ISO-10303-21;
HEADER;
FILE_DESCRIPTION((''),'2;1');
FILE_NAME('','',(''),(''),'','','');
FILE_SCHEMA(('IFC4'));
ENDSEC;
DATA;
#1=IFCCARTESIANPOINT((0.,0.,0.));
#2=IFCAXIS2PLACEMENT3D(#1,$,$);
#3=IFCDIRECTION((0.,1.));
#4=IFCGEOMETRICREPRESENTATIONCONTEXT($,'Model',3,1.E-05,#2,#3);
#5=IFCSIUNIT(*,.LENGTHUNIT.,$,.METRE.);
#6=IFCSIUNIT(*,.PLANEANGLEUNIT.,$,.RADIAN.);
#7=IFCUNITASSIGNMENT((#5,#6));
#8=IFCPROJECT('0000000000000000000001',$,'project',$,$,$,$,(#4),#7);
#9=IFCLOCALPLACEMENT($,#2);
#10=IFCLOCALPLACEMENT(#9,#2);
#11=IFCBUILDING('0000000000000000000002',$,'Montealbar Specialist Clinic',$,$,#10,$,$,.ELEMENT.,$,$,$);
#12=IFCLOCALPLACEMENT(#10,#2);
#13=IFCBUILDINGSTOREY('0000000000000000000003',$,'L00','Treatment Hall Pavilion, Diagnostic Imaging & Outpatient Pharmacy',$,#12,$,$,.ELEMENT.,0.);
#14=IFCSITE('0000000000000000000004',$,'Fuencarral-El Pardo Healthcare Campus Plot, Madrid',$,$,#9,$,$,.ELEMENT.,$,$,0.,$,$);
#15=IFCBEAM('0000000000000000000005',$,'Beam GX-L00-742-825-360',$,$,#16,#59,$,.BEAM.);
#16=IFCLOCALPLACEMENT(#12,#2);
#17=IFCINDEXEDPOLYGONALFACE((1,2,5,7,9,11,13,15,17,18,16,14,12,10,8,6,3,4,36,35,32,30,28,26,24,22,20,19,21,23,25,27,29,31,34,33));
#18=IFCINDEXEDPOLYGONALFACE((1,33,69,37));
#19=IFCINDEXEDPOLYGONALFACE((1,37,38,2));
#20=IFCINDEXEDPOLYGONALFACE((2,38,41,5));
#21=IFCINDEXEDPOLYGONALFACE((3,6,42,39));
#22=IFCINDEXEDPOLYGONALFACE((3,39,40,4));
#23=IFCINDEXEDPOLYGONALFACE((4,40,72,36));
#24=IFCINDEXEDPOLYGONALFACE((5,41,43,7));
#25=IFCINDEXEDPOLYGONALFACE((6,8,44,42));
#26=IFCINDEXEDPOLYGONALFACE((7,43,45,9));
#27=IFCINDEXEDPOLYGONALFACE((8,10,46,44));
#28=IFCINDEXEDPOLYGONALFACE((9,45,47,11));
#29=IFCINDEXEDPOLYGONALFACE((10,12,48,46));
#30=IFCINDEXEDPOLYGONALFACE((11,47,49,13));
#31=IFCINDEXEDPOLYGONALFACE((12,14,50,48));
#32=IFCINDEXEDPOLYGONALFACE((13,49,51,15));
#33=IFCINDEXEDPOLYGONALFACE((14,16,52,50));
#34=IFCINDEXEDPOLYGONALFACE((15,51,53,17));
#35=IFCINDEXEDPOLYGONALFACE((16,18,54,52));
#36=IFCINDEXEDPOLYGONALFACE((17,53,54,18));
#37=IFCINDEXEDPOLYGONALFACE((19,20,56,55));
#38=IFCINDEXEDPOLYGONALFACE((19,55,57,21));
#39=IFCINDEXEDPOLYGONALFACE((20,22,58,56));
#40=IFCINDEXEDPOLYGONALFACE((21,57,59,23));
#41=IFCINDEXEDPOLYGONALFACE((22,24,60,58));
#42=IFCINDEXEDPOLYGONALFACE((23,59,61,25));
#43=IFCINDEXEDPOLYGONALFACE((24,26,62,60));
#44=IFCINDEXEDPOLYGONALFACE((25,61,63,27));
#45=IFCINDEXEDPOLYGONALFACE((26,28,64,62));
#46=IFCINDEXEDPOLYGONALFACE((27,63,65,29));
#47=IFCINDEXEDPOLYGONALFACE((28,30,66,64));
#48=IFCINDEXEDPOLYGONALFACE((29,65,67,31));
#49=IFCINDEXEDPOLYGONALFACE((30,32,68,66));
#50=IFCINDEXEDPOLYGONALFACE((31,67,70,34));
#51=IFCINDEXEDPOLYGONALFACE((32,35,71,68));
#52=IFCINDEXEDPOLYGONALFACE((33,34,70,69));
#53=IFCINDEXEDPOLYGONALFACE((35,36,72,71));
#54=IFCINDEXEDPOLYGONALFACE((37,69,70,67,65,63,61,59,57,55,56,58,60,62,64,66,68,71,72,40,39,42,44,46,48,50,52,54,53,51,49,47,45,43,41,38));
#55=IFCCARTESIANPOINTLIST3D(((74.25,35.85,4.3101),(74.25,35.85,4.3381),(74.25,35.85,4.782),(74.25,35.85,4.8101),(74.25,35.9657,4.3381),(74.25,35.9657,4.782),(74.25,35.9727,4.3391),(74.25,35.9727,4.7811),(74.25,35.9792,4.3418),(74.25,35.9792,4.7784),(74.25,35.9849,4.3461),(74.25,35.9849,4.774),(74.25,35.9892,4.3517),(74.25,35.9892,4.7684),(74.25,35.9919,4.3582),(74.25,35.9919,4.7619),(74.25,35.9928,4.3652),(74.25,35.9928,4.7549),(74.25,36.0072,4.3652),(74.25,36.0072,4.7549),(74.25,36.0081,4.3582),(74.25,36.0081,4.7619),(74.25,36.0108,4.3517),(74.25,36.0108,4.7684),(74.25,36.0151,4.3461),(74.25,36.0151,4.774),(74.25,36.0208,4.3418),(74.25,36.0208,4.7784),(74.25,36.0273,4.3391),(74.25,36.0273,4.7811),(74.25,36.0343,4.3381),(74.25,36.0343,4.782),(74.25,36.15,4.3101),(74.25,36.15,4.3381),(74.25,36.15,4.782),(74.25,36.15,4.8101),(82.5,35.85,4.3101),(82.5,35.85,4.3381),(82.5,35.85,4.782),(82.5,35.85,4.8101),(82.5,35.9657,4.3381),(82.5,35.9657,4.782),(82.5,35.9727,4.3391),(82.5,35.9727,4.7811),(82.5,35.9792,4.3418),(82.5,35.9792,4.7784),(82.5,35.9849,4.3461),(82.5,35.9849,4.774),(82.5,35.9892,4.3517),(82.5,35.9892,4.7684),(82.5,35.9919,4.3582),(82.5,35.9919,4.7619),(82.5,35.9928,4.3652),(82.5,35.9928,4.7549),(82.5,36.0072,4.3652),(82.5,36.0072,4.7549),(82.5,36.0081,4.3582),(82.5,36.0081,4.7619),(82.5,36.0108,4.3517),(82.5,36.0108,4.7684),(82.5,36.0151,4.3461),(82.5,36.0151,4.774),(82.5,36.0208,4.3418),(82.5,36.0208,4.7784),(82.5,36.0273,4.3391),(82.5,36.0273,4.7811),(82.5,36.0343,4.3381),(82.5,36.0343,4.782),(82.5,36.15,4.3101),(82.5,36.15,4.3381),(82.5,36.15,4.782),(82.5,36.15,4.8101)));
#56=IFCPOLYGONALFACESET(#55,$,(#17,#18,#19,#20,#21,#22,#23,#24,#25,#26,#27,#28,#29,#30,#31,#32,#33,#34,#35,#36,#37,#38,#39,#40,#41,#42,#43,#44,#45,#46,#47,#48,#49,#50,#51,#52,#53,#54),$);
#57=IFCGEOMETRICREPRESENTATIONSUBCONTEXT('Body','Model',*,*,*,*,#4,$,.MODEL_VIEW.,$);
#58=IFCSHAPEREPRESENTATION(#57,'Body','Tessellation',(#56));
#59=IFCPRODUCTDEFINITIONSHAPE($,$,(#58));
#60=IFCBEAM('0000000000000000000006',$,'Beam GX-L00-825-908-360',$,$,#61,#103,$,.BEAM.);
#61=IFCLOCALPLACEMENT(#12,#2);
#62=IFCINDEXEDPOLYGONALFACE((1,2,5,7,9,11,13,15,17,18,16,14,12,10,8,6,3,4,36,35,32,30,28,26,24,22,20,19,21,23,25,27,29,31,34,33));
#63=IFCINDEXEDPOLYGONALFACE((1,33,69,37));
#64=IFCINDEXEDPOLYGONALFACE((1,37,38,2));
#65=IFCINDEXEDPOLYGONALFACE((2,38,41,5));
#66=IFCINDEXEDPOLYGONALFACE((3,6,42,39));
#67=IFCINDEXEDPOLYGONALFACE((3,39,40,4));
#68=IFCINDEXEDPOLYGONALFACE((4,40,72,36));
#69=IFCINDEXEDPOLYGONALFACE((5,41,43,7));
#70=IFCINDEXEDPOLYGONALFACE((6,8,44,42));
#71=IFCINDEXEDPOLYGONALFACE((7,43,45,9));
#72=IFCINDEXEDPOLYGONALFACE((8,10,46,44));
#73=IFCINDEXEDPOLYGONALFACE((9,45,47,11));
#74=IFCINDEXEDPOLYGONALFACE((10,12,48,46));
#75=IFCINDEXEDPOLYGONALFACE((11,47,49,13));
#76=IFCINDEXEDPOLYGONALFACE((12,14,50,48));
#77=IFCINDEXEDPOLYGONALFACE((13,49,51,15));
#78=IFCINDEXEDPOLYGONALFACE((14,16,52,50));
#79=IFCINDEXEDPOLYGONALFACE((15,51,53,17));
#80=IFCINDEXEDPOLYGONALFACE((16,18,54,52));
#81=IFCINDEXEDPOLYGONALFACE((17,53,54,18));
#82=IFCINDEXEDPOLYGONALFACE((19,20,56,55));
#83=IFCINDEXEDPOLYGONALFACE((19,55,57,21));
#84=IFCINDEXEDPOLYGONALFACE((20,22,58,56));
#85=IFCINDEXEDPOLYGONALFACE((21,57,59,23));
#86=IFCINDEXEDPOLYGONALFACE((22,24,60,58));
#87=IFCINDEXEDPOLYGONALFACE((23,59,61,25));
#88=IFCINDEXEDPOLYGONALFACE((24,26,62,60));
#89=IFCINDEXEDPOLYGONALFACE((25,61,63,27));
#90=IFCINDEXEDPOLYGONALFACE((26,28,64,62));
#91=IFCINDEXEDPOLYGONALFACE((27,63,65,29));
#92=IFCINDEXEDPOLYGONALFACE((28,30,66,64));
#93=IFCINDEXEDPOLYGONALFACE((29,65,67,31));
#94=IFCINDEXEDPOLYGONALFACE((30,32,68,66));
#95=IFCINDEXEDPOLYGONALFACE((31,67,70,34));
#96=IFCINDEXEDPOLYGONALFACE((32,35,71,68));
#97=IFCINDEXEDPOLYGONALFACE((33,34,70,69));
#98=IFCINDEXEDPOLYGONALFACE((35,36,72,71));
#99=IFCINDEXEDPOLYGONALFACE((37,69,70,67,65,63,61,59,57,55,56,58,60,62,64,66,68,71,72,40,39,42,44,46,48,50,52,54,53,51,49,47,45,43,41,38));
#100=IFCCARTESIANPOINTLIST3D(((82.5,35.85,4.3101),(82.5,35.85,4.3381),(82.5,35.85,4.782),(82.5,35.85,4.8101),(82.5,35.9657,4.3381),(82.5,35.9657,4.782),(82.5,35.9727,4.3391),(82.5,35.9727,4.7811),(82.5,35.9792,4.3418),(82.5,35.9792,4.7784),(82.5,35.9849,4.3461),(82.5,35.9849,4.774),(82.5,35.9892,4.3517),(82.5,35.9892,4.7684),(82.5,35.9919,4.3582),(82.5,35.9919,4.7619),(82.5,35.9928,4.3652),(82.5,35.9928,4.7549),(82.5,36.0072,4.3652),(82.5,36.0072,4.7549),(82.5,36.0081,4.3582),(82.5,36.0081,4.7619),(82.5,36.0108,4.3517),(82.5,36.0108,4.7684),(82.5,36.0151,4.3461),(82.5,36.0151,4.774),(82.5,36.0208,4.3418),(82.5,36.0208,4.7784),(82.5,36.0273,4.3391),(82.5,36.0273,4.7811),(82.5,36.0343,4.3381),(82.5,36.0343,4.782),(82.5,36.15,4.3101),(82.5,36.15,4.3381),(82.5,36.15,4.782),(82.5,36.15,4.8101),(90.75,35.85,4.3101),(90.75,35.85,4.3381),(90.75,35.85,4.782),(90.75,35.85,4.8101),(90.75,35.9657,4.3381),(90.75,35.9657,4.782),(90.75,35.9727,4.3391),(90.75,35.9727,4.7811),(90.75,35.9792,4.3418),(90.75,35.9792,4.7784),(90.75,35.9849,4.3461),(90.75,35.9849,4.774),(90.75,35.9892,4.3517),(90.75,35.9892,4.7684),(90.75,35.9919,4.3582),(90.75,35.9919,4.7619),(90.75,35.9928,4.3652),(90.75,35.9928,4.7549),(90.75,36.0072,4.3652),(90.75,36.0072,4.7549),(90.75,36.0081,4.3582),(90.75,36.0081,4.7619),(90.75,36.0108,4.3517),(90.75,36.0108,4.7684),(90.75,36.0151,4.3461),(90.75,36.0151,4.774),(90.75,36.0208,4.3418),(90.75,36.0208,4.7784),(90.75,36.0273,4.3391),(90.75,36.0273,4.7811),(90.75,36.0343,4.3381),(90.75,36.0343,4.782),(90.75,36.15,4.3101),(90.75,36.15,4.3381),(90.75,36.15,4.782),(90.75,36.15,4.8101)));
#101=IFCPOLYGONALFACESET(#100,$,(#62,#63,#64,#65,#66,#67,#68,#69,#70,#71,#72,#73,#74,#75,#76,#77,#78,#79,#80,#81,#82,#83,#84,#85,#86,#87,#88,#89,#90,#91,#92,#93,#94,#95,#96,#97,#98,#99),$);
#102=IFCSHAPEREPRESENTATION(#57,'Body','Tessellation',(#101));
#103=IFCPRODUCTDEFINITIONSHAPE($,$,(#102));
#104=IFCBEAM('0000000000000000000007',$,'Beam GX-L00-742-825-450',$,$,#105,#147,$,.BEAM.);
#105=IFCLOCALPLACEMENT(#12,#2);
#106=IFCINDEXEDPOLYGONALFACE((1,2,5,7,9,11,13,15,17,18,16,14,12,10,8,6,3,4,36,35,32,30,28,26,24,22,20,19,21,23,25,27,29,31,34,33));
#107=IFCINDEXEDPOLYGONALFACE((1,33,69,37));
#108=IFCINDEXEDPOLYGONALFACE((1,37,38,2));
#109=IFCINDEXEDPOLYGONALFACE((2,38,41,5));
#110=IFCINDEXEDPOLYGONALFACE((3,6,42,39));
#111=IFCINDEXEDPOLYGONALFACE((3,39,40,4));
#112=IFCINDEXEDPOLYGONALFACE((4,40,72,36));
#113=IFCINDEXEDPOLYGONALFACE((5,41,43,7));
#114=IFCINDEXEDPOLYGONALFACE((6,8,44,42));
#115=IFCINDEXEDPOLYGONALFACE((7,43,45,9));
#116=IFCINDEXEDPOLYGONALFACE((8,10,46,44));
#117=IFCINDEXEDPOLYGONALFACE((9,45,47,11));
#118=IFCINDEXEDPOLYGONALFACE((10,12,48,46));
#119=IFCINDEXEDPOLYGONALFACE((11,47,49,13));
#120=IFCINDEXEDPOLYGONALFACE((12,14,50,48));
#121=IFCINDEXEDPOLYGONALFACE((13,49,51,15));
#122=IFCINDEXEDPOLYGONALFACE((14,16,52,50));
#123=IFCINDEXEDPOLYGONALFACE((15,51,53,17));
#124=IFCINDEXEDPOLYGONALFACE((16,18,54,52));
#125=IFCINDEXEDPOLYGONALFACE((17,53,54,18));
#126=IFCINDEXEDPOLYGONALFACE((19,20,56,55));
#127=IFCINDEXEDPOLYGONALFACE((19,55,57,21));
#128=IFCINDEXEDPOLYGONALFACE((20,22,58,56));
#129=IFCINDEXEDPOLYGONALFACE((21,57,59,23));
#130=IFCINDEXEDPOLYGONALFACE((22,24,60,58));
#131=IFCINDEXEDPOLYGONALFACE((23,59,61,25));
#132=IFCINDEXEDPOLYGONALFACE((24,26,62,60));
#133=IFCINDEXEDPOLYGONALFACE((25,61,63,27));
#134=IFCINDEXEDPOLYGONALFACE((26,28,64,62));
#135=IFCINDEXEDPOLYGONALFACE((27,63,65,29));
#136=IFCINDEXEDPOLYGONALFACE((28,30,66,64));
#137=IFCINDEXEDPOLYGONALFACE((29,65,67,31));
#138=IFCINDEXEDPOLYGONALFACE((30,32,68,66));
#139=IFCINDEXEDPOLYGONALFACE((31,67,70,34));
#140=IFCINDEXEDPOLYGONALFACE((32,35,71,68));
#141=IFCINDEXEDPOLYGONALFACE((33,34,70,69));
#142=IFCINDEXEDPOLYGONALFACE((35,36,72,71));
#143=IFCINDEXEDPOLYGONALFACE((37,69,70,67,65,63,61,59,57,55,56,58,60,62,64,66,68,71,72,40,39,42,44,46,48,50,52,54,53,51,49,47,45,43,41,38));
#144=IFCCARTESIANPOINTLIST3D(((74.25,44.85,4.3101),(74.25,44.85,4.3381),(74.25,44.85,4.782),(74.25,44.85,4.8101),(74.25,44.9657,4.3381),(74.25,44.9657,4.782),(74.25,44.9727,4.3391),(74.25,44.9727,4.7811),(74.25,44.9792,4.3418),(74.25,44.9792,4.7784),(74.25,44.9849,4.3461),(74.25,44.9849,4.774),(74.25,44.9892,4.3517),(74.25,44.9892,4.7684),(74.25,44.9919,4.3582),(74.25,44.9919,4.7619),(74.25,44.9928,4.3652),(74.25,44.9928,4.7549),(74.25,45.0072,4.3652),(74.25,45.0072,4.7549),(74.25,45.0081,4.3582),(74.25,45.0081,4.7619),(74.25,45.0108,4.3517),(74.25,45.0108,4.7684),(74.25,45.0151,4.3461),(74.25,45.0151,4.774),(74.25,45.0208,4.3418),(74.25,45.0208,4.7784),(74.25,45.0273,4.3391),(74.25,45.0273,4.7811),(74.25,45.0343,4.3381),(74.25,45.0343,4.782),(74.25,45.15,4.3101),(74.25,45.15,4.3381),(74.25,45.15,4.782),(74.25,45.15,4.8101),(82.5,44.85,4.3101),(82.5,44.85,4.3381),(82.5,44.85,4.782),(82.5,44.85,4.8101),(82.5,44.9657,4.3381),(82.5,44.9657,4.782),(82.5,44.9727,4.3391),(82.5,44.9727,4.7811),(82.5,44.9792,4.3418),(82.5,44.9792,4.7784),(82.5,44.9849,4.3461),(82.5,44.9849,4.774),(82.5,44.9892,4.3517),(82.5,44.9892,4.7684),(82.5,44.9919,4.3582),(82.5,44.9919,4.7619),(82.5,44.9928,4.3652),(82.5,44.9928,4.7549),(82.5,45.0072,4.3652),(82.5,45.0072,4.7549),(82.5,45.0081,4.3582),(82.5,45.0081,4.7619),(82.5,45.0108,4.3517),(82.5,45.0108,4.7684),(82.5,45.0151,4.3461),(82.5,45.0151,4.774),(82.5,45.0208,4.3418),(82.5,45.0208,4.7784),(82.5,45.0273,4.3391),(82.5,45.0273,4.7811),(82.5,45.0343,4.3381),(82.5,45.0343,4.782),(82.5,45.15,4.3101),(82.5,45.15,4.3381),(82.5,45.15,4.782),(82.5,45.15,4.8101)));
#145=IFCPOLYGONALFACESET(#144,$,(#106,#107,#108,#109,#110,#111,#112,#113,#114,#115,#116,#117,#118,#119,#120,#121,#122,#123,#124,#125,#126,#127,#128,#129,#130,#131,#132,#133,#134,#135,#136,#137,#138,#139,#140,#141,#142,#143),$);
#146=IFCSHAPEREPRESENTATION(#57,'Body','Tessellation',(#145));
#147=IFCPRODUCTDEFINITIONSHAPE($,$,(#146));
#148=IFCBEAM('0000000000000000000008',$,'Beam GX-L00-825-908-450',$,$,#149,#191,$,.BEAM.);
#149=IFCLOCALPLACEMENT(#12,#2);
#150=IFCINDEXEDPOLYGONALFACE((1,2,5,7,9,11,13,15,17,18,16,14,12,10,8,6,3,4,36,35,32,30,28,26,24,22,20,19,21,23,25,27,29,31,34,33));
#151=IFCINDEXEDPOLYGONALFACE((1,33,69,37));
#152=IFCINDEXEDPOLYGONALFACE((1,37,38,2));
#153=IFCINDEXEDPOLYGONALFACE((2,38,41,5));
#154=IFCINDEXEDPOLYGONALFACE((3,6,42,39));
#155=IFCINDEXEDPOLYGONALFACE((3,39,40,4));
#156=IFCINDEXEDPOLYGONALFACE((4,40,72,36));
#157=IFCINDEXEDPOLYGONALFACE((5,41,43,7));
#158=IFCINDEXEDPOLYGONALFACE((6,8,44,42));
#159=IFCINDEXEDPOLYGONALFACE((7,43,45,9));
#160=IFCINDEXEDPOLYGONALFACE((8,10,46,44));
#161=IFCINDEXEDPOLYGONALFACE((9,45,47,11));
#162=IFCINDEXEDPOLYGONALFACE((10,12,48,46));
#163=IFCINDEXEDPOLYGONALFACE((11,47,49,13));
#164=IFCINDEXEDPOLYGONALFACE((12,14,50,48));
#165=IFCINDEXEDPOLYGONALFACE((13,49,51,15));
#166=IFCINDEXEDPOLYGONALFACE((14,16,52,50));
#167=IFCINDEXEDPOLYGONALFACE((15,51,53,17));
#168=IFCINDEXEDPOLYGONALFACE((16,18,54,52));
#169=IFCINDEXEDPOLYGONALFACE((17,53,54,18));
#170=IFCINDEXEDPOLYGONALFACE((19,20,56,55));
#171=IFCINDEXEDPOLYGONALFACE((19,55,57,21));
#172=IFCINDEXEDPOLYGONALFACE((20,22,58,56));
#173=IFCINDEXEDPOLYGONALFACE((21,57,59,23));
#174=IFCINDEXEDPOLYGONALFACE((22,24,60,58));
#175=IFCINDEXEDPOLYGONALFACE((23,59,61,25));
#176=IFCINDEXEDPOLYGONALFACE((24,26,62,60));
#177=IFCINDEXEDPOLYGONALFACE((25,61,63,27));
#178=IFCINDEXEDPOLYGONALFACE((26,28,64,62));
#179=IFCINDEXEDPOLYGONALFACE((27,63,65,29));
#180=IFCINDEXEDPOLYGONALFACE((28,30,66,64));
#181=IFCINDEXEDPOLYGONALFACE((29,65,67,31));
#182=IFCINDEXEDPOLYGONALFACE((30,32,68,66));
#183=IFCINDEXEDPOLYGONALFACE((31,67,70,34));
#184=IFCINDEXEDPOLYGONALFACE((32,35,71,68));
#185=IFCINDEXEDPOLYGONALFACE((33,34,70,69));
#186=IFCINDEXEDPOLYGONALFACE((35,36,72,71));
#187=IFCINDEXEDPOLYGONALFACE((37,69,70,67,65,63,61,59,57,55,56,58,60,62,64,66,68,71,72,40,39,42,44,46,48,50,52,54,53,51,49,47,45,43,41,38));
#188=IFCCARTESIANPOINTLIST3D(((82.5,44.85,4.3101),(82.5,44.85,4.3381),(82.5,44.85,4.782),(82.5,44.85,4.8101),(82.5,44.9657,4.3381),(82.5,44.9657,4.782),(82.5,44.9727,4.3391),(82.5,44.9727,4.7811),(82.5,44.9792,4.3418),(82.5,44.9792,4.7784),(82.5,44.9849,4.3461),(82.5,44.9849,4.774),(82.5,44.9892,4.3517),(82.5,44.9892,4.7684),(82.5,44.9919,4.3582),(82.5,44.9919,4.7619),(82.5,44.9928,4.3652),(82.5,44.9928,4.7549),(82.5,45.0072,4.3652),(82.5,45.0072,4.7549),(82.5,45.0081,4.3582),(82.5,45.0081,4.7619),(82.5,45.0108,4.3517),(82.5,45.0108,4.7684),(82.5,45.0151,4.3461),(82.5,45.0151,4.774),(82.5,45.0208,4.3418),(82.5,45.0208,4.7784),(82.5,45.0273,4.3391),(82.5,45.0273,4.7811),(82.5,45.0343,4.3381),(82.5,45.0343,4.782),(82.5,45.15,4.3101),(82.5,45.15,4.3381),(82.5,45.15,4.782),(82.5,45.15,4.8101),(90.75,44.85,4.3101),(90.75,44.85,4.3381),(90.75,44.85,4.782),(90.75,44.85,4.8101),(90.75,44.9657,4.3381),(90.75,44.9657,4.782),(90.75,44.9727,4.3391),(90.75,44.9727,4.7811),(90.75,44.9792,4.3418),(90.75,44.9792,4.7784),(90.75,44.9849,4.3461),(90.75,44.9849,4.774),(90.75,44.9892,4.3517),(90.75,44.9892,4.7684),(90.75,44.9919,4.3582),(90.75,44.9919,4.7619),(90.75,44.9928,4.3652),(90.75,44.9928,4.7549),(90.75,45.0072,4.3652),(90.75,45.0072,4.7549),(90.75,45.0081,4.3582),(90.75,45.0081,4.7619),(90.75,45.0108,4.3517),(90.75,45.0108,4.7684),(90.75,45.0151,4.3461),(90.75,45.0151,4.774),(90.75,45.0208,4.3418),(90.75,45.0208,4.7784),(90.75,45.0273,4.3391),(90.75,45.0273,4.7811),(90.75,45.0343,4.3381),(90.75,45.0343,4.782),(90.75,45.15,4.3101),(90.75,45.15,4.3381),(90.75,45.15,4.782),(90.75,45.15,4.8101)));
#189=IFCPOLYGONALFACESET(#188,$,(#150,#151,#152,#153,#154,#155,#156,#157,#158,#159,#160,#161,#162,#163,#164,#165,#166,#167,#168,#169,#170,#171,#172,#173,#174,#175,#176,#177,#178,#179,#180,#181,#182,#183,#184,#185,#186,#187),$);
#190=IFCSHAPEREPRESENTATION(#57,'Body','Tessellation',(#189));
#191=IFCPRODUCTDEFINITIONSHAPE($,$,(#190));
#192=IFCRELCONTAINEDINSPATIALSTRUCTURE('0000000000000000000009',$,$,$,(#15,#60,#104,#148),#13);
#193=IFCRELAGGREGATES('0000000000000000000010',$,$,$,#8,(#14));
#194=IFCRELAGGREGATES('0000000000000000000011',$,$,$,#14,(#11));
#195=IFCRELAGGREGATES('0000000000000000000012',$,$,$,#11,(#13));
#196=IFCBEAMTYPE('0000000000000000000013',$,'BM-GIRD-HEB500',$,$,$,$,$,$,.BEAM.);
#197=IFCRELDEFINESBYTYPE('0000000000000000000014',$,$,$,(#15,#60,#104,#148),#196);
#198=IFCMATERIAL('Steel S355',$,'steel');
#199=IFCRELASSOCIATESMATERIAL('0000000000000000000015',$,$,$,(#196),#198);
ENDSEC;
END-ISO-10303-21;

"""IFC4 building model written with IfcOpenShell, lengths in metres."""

from ifc_helpers import new_model, si_unit, direction, frame, origin, origin_2d, place, context, subcontext, project, spatial, i_section, extrude, material, material_profile, profile_set, type_object, element, save


model = new_model("IFC4")

# Units and contexts
model_context = context("Model", 3, precision=1e-05, world=origin(), true_north=direction((0.0, 1.0)))
body_context = subcontext(model_context, "Body", "Model", "MODEL_VIEW")
ifc_project = project(units=[si_unit("LENGTHUNIT", "METRE"), si_unit("PLANEANGLEUNIT", "RADIAN")], contexts=[model_context])

# Site, building, storey
site_placement = place(None, origin())
site = spatial("IfcSite", under=ifc_project, at=site_placement, Name="Fuencarral-El Pardo Healthcare Campus Plot, Madrid", CompositionType="ELEMENT", RefElevation=0.0)
building_placement = place(site_placement, origin())
building = spatial("IfcBuilding", under=site, at=building_placement, Name="Montealbar Specialist Clinic", CompositionType="ELEMENT")
storey_placement = place(building_placement, origin())
storey = spatial("IfcBuildingStorey", under=building, at=storey_placement, Name="L00", Description="Treatment Hall Pavilion, Diagnostic Imaging & Outpatient Pharmacy", CompositionType="ELEMENT", Elevation=0.0)

# Shared definitions
ifc_material_1 = material(Name="Steel S355", Category="steel")

# Beams
ifc_material_profile_1 = material_profile(ifc_material_1, i_section(OverallWidth=0.3, OverallDepth=0.5, WebThickness=0.0144, FlangeThickness=0.0281, FilletRadius=0.0271, at=origin_2d()), Name="HEB 500", Category="steel")
ifc_profile_set_1 = profile_set([ifc_material_profile_1], Name="Steel S355")
beam_type_1 = type_object("IfcBeamType", Name="BM-GIRD-HEB500", PredefinedType="BEAM", material=ifc_profile_set_1)
for number, where, z_axis, x_axis, name in (
    (1, (74.25, 36.0, 4.5601), (1.0, 0.0, 0.0), (0.0, 1.0, 0.0), "Beam GX-L00-742-825-360"),
    (2, (82.5, 36.0, 4.5601), (1.0, 0.0, 0.0), (0.0, 1.0, 0.0), "Beam GX-L00-825-908-360"),
    (3, (74.25, 45.0, 4.5601), (1.0, 0.0, 0.0), (0.0, 1.0, 0.0), "Beam GX-L00-742-825-450"),
    (4, (82.5, 45.0, 4.5601), (1.0, 0.0, 0.0), (0.0, 1.0, 0.0), "Beam GX-L00-825-908-450"),
):
    element("IfcBeam", number, at=place(storey_placement, frame(where, z_axis=z_axis, x_axis=x_axis)), inside=storey, type_object=beam_type_1, Name=name, PredefinedType="BEAM", context=body_context, shape_type="SweptSolid", body=[
        extrude(i_section(OverallWidth=0.3, OverallDepth=0.5, WebThickness=0.0144, FlangeThickness=0.0281, FilletRadius=0.0271, at=origin_2d()), origin(), (0.0, 0.0, 1.0), 8.25),
    ])

save(model, "model.ifc")
